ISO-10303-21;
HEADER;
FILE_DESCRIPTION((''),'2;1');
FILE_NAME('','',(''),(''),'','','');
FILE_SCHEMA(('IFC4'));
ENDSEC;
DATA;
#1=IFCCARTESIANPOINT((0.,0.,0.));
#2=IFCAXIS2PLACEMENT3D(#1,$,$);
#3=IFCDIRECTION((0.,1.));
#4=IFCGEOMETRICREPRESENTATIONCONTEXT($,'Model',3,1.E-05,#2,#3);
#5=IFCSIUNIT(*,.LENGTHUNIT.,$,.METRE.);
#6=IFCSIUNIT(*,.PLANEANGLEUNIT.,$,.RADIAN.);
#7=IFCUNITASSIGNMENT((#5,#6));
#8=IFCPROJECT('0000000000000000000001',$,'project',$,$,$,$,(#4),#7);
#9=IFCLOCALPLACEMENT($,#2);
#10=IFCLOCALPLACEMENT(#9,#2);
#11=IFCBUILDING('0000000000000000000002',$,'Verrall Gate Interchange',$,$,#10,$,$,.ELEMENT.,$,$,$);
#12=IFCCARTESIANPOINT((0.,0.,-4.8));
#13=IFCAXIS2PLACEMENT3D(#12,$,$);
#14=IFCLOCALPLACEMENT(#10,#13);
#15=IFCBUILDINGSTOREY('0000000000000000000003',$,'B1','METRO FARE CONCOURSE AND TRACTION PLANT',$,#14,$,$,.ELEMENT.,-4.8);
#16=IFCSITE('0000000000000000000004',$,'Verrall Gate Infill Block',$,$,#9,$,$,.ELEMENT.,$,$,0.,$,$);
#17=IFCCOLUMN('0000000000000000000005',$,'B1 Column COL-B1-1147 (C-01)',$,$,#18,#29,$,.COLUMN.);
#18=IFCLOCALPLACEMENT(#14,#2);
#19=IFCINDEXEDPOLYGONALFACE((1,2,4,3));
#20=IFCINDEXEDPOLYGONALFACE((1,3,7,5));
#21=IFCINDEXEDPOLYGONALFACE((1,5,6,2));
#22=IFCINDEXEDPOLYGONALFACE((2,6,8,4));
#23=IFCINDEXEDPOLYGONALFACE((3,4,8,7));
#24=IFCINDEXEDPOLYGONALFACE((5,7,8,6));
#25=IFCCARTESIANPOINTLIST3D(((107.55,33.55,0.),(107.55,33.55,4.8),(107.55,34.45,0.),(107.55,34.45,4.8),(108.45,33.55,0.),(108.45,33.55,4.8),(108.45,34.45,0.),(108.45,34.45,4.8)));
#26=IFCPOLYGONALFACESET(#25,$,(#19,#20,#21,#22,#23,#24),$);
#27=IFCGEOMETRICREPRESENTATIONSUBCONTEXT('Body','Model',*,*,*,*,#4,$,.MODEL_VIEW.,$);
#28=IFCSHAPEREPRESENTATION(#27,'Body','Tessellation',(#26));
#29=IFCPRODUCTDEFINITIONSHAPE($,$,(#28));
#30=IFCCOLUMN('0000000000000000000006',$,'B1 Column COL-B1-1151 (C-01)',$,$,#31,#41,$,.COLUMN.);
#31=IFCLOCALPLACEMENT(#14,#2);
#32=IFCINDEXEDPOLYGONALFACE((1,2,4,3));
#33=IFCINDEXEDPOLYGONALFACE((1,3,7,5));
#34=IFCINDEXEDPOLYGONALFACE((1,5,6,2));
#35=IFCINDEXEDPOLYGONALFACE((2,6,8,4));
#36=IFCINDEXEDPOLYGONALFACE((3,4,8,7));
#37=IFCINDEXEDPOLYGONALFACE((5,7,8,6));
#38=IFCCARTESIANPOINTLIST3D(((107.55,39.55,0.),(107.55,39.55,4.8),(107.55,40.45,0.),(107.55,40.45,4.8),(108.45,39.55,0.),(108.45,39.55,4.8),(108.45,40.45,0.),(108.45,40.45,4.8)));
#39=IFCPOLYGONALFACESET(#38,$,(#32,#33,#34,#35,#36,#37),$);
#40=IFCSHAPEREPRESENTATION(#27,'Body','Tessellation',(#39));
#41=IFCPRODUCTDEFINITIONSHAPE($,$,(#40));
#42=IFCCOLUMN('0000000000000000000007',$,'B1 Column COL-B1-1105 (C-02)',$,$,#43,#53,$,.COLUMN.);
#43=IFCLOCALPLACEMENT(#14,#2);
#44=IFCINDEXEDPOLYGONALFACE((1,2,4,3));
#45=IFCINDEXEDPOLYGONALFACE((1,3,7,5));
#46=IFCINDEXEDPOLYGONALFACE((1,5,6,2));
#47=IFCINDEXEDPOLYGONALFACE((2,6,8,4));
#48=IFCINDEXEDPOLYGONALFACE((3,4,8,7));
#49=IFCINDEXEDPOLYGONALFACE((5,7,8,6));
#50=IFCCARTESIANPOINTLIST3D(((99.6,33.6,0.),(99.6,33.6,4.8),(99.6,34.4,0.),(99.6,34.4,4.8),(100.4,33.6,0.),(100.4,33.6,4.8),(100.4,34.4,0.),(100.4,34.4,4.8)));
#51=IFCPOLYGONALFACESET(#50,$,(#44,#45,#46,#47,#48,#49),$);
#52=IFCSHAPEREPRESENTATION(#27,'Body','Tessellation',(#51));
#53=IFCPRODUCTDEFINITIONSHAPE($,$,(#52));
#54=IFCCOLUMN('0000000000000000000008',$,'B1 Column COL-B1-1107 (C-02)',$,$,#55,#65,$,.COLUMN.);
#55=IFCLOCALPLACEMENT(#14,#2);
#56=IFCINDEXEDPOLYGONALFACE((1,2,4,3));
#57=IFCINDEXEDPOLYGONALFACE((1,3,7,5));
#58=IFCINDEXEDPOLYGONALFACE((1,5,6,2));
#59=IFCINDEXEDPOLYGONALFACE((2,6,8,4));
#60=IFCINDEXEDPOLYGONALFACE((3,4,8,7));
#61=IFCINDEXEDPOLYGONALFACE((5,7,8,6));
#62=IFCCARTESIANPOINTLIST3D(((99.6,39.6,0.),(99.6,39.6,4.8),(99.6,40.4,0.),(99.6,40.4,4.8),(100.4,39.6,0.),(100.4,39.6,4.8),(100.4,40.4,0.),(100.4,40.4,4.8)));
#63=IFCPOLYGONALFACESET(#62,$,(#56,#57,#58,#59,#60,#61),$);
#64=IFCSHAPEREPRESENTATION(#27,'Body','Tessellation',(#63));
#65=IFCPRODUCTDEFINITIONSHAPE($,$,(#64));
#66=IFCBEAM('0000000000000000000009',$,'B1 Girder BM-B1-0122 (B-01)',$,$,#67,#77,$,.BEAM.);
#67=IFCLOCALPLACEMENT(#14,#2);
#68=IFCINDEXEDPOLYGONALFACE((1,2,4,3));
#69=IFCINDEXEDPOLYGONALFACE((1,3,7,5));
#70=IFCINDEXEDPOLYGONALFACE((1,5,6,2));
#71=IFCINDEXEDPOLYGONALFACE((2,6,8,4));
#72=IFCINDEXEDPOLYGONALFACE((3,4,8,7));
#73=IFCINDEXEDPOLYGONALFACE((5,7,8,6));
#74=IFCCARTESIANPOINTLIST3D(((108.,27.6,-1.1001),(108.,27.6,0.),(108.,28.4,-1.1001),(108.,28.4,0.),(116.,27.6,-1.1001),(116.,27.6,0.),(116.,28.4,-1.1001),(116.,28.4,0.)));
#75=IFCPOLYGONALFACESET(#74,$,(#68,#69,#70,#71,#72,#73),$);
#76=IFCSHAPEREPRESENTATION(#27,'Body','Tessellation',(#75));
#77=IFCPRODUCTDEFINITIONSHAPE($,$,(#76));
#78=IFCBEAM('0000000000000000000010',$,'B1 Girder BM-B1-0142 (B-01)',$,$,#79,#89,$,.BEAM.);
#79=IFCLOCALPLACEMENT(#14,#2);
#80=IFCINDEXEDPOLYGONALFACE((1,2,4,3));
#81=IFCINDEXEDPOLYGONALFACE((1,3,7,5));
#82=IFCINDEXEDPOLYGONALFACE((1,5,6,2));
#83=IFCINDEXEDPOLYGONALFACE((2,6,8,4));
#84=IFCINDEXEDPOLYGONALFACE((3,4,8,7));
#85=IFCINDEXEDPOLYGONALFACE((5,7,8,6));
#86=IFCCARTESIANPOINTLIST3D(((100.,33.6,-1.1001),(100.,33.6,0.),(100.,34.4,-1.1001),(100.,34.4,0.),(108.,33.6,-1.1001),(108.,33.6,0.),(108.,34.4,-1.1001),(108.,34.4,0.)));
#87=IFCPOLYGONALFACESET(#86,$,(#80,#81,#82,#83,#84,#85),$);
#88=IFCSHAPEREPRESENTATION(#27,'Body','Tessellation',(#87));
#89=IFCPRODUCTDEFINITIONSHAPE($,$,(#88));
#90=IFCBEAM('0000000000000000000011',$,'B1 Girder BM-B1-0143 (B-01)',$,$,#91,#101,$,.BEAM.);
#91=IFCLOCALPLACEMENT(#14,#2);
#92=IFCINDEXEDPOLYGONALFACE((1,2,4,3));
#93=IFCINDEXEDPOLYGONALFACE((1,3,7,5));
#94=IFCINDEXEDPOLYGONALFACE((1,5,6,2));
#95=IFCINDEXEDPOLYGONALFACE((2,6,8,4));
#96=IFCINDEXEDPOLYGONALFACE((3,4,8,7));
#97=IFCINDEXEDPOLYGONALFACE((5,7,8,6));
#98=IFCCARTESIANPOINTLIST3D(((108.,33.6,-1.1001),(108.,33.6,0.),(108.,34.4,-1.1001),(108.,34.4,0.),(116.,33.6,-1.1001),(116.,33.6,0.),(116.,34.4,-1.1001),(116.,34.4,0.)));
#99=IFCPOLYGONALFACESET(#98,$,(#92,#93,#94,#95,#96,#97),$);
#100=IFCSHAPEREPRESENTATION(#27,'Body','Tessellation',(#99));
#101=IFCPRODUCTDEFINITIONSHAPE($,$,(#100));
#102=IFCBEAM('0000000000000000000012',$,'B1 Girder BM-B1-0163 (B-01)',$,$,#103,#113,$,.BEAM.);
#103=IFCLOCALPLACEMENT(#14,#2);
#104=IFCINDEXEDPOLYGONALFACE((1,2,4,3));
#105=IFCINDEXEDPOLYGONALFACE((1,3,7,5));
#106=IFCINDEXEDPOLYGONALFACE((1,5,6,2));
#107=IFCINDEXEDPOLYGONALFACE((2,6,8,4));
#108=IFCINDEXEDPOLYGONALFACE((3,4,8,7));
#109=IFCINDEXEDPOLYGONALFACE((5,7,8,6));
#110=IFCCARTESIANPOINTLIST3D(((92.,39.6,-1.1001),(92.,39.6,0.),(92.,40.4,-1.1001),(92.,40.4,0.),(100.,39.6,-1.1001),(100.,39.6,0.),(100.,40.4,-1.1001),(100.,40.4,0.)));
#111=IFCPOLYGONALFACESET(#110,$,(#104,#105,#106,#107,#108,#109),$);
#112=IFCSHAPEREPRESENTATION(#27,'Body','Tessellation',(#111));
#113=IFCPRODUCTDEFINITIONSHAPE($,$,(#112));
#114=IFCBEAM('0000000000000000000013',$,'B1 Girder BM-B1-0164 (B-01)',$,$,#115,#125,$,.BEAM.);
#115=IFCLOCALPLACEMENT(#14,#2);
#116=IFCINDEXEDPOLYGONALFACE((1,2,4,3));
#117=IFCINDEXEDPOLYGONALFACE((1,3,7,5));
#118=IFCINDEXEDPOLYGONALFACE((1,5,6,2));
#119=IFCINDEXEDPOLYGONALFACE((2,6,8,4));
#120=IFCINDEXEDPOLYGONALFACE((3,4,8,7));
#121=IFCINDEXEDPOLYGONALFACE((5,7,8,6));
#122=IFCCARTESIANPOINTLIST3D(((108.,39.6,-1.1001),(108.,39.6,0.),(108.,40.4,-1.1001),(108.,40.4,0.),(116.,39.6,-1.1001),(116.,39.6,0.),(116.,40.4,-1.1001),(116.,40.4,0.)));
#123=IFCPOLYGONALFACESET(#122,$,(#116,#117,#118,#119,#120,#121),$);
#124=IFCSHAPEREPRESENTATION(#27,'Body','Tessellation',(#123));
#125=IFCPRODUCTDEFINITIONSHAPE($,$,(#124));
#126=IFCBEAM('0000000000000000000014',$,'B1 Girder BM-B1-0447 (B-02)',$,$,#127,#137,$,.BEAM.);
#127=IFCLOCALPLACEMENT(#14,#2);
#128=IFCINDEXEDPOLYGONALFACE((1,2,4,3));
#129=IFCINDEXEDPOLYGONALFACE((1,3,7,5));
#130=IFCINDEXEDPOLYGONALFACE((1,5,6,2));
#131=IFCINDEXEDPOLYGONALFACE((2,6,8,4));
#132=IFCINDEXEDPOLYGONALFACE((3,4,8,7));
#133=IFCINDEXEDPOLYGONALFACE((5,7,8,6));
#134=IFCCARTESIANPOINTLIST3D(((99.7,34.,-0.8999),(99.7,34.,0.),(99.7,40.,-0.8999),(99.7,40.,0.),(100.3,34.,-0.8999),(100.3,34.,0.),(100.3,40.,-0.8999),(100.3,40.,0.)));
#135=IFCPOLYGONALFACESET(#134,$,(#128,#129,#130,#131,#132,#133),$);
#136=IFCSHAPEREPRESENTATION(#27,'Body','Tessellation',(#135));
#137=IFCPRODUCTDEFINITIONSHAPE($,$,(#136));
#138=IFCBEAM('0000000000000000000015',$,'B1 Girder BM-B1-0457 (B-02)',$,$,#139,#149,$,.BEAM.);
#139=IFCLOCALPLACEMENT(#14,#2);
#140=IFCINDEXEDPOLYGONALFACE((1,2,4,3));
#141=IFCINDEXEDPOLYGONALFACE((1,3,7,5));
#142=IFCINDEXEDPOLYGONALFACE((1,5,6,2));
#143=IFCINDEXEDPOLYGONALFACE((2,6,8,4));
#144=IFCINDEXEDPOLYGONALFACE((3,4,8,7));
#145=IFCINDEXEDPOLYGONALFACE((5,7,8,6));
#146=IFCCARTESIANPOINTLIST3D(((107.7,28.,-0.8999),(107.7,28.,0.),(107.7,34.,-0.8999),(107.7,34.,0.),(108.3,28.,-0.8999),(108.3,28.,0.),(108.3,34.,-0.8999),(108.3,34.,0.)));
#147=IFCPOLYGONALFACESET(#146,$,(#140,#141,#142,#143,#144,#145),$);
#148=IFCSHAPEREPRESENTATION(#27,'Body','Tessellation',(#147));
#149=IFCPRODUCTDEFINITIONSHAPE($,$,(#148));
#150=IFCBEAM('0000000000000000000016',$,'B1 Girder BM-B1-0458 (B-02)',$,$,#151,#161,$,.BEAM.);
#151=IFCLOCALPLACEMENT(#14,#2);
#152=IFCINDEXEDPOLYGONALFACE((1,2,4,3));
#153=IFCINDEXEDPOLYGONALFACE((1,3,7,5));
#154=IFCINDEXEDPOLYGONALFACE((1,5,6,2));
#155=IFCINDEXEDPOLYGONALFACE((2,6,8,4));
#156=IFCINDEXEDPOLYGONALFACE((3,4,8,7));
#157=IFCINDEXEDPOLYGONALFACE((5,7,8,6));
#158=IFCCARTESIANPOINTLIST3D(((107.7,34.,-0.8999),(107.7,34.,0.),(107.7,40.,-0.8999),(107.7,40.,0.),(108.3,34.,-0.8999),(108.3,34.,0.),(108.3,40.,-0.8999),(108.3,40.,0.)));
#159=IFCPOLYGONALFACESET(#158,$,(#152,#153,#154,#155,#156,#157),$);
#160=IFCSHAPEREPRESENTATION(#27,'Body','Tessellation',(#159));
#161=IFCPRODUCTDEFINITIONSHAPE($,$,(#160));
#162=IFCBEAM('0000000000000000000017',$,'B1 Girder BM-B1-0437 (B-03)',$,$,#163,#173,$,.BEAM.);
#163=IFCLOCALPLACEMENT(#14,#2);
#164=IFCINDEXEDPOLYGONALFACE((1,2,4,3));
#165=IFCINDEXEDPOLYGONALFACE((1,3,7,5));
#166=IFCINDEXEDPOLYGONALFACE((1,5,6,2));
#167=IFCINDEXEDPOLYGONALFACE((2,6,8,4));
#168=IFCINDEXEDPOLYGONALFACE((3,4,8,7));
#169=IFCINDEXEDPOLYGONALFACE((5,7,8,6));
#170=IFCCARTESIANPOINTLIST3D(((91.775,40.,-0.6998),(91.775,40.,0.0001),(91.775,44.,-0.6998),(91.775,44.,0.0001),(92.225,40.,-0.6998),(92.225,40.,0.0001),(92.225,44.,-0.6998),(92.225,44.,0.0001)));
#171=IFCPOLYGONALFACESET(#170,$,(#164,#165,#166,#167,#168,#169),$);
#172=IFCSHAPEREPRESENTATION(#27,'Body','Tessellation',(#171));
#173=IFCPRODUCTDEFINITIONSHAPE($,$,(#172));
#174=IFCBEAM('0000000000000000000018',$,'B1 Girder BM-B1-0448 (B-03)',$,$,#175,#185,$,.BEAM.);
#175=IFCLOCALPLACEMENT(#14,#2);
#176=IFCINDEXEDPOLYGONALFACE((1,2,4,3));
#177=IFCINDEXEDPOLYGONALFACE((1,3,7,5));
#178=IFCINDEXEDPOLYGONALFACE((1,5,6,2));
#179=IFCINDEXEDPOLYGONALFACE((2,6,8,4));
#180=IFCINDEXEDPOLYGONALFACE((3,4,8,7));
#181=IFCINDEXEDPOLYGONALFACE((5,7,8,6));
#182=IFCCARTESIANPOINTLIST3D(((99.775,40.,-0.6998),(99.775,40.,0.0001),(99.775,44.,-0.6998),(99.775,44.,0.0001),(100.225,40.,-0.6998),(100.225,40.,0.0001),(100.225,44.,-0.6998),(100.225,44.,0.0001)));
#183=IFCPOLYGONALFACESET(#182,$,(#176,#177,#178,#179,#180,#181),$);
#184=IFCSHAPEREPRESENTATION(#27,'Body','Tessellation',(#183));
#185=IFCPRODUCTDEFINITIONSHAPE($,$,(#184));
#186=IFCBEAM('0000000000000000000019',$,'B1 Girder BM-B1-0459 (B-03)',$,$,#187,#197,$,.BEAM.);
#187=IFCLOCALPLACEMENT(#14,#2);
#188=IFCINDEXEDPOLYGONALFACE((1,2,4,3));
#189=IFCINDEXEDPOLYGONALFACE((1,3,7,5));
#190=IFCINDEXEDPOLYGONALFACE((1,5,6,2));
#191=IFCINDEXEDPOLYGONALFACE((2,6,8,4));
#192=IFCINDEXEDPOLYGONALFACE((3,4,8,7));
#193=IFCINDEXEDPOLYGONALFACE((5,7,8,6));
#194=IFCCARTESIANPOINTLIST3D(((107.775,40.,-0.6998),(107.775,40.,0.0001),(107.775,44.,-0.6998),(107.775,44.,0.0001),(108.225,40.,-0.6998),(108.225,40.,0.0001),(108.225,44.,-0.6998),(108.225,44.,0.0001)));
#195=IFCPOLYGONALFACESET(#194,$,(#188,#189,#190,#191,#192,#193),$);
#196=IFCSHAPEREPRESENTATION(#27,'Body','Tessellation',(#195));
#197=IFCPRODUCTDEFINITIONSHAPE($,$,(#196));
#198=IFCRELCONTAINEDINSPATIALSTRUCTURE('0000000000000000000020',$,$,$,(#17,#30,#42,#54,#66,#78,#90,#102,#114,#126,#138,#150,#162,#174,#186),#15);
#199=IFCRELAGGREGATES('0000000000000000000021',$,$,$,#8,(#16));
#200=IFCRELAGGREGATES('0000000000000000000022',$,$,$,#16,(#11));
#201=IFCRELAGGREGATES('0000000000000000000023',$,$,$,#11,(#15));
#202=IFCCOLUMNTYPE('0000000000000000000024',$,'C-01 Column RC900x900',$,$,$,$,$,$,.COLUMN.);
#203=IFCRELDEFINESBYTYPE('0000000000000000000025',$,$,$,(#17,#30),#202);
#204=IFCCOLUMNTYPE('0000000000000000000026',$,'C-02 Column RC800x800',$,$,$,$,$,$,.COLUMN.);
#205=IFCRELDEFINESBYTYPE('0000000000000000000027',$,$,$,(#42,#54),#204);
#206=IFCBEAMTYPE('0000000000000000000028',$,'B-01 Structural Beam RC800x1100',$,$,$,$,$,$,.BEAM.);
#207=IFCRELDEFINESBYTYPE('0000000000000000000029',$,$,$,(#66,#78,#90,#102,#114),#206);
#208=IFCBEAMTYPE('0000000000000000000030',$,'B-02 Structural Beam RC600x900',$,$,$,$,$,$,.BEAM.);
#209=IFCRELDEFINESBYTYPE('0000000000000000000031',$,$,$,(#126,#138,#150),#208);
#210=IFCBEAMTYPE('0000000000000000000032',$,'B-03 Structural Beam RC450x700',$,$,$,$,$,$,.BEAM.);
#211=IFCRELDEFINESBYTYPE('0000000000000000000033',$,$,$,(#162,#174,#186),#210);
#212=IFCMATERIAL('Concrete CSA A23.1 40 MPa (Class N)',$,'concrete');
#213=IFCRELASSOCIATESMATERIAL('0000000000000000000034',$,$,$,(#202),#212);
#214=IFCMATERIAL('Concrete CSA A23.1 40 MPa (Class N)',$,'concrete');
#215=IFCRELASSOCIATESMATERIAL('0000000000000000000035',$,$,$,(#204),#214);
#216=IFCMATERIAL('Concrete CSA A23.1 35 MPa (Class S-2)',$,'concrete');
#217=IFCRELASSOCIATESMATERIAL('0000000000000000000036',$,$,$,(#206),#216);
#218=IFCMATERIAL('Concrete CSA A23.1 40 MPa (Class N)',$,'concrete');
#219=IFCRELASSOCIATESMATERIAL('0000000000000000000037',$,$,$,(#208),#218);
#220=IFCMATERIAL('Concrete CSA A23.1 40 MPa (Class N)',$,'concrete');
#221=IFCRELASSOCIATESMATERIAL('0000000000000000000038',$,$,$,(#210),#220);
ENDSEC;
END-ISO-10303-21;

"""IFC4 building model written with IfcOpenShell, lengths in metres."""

from ifc_helpers import new_model, si_unit, direction, frame, origin, origin_2d, place, context, subcontext, project, spatial, rectangle, extrude, material, material_profile, profile_set, type_object, element, save


model = new_model("IFC4")

# Units and contexts
model_context = context("Model", 3, precision=1e-05, world=origin(), true_north=direction((0.0, 1.0)))
body_context = subcontext(model_context, "Body", "Model", "MODEL_VIEW")
ifc_project = project(units=[si_unit("LENGTHUNIT", "METRE"), si_unit("PLANEANGLEUNIT", "RADIAN")], contexts=[model_context])

# Site, building, storey
site_placement = place(None, origin())
site = spatial("IfcSite", under=ifc_project, at=site_placement, Name="Verrall Gate Infill Block", CompositionType="ELEMENT", RefElevation=0.0)
building_placement = place(site_placement, origin())
building = spatial("IfcBuilding", under=site, at=building_placement, Name="Verrall Gate Interchange", CompositionType="ELEMENT")
storey_placement = place(building_placement, frame((0.0, 0.0, -4.8)))
storey = spatial("IfcBuildingStorey", under=building, at=storey_placement, Name="B1", Description="METRO FARE CONCOURSE AND TRACTION PLANT", CompositionType="ELEMENT", Elevation=-4.8)

# Columns
ifc_material_1 = material(Name="Concrete CSA A23.1 40 MPa (Class N)", Category="concrete")
ifc_material_profile_1 = material_profile(ifc_material_1, rectangle(XDim=0.8999, YDim=0.8999, at=origin_2d()), Name="RC900x900")
ifc_profile_set_1 = profile_set([ifc_material_profile_1], Name="Concrete CSA A23.1 40 MPa (Class N)")
column_type_1 = type_object("IfcColumnType", Name="C-01 Column RC900x900", PredefinedType="COLUMN", material=ifc_profile_set_1)
for number, where, z_axis, x_axis, name in (
    (1, (108.0, 34.0, 0.0), (0.0, 0.0, 1.0), (1.0, 0.0, 0.0), "B1 Column COL-B1-1147 (C-01)"),
    (2, (108.0, 40.0, 0.0), (0.0, 0.0, 1.0), (1.0, 0.0, 0.0), "B1 Column COL-B1-1151 (C-01)"),
):
    element("IfcColumn", number, at=place(storey_placement, frame(where, z_axis=z_axis, x_axis=x_axis)), inside=storey, type_object=column_type_1, Name=name, PredefinedType="COLUMN", context=body_context, shape_type="SweptSolid", body=[
        extrude(rectangle(XDim=0.8999, YDim=0.8999, at=origin_2d()), origin(), (0.0, 0.0, 1.0), 4.8),
    ])
ifc_material_2 = material(Name="Concrete CSA A23.1 40 MPa (Class N)", Category="concrete")
ifc_material_profile_2 = material_profile(ifc_material_2, rectangle(XDim=0.8, YDim=0.8, at=origin_2d()), Name="RC800x800")
ifc_profile_set_2 = profile_set([ifc_material_profile_2], Name="Concrete CSA A23.1 40 MPa (Class N)")
column_type_2 = type_object("IfcColumnType", Name="C-02 Column RC800x800", PredefinedType="COLUMN", material=ifc_profile_set_2)
for number, where, z_axis, x_axis, name in (
    (3, (100.0, 34.0, 0.0), (0.0, 0.0, 1.0), (1.0, 0.0, 0.0), "B1 Column COL-B1-1105 (C-02)"),
    (4, (100.0, 40.0, 0.0), (0.0, 0.0, 1.0), (1.0, 0.0, 0.0), "B1 Column COL-B1-1107 (C-02)"),
):
    element("IfcColumn", number, at=place(storey_placement, frame(where, z_axis=z_axis, x_axis=x_axis)), inside=storey, type_object=column_type_2, Name=name, PredefinedType="COLUMN", context=body_context, shape_type="SweptSolid", body=[
        extrude(rectangle(XDim=0.8, YDim=0.8, at=origin_2d()), origin(), (0.0, 0.0, 1.0), 4.8),
    ])

# Beams
ifc_material_3 = material(Name="Concrete CSA A23.1 35 MPa (Class S-2)", Category="concrete")
ifc_material_profile_3 = material_profile(ifc_material_3, rectangle(XDim=0.8, YDim=1.1001, at=origin_2d()), Name="RC800x1100")
ifc_profile_set_3 = profile_set([ifc_material_profile_3], Name="Concrete CSA A23.1 35 MPa (Class S-2)")
beam_type_1 = type_object("IfcBeamType", Name="B-01 Structural Beam RC800x1100", PredefinedType="BEAM", material=ifc_profile_set_3)
for number, where, z_axis, x_axis, name in (
    (5, (108.0, 28.0, -0.55), (1.0, 0.0, 0.0), (0.0, 1.0, 0.0), "B1 Girder BM-B1-0122 (B-01)"),
    (6, (100.0, 34.0, -0.55), (1.0, 0.0, 0.0), (0.0, 1.0, 0.0), "B1 Girder BM-B1-0142 (B-01)"),
    (7, (108.0, 34.0, -0.55), (1.0, 0.0, 0.0), (0.0, 1.0, 0.0), "B1 Girder BM-B1-0143 (B-01)"),
    (8, (92.0, 40.0, -0.55), (1.0, 0.0, 0.0), (0.0, 1.0, 0.0), "B1 Girder BM-B1-0163 (B-01)"),
    (9, (108.0, 40.0, -0.55), (1.0, 0.0, 0.0), (0.0, 1.0, 0.0), "B1 Girder BM-B1-0164 (B-01)"),
):
    element("IfcBeam", number, at=place(storey_placement, frame(where, z_axis=z_axis, x_axis=x_axis)), inside=storey, type_object=beam_type_1, Name=name, PredefinedType="BEAM", context=body_context, shape_type="SweptSolid", body=[
        extrude(rectangle(XDim=0.8, YDim=1.1001, at=origin_2d()), origin(), (0.0, 0.0, 1.0), 8.0),
    ])
ifc_material_4 = material(Name="Concrete CSA A23.1 40 MPa (Class N)", Category="concrete")
ifc_material_profile_4 = material_profile(ifc_material_4, rectangle(XDim=0.6001, YDim=0.8999, at=origin_2d()), Name="RC600x900")
ifc_profile_set_4 = profile_set([ifc_material_profile_4], Name="Concrete CSA A23.1 40 MPa (Class N)")
beam_type_2 = type_object("IfcBeamType", Name="B-02 Structural Beam RC600x900", PredefinedType="BEAM", material=ifc_profile_set_4)
for number, where, z_axis, x_axis, name in (
    (10, (100.0, 34.0, -0.45), (0.0, 1.0, 0.0), (-1.0, 0.0, 0.0), "B1 Girder BM-B1-0447 (B-02)"),
    (11, (108.0, 28.0, -0.45), (0.0, 1.0, 0.0), (-1.0, 0.0, 0.0), "B1 Girder BM-B1-0457 (B-02)"),
    (12, (108.0, 34.0, -0.45), (0.0, 1.0, 0.0), (-1.0, 0.0, 0.0), "B1 Girder BM-B1-0458 (B-02)"),
):
    element("IfcBeam", number, at=place(storey_placement, frame(where, z_axis=z_axis, x_axis=x_axis)), inside=storey, type_object=beam_type_2, Name=name, PredefinedType="BEAM", context=body_context, shape_type="SweptSolid", body=[
        extrude(rectangle(XDim=0.6001, YDim=0.8999, at=origin_2d()), origin(), (0.0, 0.0, 1.0), 6.0),
    ])
ifc_material_5 = material(Name="Concrete CSA A23.1 40 MPa (Class N)", Category="concrete")
ifc_material_profile_5 = material_profile(ifc_material_5, rectangle(XDim=0.45, YDim=0.7, at=origin_2d()), Name="RC450x700")
ifc_profile_set_5 = profile_set([ifc_material_profile_5], Name="Concrete CSA A23.1 40 MPa (Class N)")
beam_type_3 = type_object("IfcBeamType", Name="B-03 Structural Beam RC450x700", PredefinedType="BEAM", material=ifc_profile_set_5)
for number, where, z_axis, x_axis, name in (
    (13, (92.0, 40.0, -0.3499), (0.0, 1.0, 0.0), (-1.0, 0.0, 0.0), "B1 Girder BM-B1-0437 (B-03)"),
    (14, (100.0, 40.0, -0.3499), (0.0, 1.0, 0.0), (-1.0, 0.0, 0.0), "B1 Girder BM-B1-0448 (B-03)"),
    (15, (108.0, 40.0, -0.3499), (0.0, 1.0, 0.0), (-1.0, 0.0, 0.0), "B1 Girder BM-B1-0459 (B-03)"),
):
    element("IfcBeam", number, at=place(storey_placement, frame(where, z_axis=z_axis, x_axis=x_axis)), inside=storey, type_object=beam_type_3, Name=name, PredefinedType="BEAM", context=body_context, shape_type="SweptSolid", body=[
        extrude(rectangle(XDim=0.45, YDim=0.7, at=origin_2d()), origin(), (0.0, 0.0, 1.0), 4.0),
    ])

save(model, "model.ifc")
